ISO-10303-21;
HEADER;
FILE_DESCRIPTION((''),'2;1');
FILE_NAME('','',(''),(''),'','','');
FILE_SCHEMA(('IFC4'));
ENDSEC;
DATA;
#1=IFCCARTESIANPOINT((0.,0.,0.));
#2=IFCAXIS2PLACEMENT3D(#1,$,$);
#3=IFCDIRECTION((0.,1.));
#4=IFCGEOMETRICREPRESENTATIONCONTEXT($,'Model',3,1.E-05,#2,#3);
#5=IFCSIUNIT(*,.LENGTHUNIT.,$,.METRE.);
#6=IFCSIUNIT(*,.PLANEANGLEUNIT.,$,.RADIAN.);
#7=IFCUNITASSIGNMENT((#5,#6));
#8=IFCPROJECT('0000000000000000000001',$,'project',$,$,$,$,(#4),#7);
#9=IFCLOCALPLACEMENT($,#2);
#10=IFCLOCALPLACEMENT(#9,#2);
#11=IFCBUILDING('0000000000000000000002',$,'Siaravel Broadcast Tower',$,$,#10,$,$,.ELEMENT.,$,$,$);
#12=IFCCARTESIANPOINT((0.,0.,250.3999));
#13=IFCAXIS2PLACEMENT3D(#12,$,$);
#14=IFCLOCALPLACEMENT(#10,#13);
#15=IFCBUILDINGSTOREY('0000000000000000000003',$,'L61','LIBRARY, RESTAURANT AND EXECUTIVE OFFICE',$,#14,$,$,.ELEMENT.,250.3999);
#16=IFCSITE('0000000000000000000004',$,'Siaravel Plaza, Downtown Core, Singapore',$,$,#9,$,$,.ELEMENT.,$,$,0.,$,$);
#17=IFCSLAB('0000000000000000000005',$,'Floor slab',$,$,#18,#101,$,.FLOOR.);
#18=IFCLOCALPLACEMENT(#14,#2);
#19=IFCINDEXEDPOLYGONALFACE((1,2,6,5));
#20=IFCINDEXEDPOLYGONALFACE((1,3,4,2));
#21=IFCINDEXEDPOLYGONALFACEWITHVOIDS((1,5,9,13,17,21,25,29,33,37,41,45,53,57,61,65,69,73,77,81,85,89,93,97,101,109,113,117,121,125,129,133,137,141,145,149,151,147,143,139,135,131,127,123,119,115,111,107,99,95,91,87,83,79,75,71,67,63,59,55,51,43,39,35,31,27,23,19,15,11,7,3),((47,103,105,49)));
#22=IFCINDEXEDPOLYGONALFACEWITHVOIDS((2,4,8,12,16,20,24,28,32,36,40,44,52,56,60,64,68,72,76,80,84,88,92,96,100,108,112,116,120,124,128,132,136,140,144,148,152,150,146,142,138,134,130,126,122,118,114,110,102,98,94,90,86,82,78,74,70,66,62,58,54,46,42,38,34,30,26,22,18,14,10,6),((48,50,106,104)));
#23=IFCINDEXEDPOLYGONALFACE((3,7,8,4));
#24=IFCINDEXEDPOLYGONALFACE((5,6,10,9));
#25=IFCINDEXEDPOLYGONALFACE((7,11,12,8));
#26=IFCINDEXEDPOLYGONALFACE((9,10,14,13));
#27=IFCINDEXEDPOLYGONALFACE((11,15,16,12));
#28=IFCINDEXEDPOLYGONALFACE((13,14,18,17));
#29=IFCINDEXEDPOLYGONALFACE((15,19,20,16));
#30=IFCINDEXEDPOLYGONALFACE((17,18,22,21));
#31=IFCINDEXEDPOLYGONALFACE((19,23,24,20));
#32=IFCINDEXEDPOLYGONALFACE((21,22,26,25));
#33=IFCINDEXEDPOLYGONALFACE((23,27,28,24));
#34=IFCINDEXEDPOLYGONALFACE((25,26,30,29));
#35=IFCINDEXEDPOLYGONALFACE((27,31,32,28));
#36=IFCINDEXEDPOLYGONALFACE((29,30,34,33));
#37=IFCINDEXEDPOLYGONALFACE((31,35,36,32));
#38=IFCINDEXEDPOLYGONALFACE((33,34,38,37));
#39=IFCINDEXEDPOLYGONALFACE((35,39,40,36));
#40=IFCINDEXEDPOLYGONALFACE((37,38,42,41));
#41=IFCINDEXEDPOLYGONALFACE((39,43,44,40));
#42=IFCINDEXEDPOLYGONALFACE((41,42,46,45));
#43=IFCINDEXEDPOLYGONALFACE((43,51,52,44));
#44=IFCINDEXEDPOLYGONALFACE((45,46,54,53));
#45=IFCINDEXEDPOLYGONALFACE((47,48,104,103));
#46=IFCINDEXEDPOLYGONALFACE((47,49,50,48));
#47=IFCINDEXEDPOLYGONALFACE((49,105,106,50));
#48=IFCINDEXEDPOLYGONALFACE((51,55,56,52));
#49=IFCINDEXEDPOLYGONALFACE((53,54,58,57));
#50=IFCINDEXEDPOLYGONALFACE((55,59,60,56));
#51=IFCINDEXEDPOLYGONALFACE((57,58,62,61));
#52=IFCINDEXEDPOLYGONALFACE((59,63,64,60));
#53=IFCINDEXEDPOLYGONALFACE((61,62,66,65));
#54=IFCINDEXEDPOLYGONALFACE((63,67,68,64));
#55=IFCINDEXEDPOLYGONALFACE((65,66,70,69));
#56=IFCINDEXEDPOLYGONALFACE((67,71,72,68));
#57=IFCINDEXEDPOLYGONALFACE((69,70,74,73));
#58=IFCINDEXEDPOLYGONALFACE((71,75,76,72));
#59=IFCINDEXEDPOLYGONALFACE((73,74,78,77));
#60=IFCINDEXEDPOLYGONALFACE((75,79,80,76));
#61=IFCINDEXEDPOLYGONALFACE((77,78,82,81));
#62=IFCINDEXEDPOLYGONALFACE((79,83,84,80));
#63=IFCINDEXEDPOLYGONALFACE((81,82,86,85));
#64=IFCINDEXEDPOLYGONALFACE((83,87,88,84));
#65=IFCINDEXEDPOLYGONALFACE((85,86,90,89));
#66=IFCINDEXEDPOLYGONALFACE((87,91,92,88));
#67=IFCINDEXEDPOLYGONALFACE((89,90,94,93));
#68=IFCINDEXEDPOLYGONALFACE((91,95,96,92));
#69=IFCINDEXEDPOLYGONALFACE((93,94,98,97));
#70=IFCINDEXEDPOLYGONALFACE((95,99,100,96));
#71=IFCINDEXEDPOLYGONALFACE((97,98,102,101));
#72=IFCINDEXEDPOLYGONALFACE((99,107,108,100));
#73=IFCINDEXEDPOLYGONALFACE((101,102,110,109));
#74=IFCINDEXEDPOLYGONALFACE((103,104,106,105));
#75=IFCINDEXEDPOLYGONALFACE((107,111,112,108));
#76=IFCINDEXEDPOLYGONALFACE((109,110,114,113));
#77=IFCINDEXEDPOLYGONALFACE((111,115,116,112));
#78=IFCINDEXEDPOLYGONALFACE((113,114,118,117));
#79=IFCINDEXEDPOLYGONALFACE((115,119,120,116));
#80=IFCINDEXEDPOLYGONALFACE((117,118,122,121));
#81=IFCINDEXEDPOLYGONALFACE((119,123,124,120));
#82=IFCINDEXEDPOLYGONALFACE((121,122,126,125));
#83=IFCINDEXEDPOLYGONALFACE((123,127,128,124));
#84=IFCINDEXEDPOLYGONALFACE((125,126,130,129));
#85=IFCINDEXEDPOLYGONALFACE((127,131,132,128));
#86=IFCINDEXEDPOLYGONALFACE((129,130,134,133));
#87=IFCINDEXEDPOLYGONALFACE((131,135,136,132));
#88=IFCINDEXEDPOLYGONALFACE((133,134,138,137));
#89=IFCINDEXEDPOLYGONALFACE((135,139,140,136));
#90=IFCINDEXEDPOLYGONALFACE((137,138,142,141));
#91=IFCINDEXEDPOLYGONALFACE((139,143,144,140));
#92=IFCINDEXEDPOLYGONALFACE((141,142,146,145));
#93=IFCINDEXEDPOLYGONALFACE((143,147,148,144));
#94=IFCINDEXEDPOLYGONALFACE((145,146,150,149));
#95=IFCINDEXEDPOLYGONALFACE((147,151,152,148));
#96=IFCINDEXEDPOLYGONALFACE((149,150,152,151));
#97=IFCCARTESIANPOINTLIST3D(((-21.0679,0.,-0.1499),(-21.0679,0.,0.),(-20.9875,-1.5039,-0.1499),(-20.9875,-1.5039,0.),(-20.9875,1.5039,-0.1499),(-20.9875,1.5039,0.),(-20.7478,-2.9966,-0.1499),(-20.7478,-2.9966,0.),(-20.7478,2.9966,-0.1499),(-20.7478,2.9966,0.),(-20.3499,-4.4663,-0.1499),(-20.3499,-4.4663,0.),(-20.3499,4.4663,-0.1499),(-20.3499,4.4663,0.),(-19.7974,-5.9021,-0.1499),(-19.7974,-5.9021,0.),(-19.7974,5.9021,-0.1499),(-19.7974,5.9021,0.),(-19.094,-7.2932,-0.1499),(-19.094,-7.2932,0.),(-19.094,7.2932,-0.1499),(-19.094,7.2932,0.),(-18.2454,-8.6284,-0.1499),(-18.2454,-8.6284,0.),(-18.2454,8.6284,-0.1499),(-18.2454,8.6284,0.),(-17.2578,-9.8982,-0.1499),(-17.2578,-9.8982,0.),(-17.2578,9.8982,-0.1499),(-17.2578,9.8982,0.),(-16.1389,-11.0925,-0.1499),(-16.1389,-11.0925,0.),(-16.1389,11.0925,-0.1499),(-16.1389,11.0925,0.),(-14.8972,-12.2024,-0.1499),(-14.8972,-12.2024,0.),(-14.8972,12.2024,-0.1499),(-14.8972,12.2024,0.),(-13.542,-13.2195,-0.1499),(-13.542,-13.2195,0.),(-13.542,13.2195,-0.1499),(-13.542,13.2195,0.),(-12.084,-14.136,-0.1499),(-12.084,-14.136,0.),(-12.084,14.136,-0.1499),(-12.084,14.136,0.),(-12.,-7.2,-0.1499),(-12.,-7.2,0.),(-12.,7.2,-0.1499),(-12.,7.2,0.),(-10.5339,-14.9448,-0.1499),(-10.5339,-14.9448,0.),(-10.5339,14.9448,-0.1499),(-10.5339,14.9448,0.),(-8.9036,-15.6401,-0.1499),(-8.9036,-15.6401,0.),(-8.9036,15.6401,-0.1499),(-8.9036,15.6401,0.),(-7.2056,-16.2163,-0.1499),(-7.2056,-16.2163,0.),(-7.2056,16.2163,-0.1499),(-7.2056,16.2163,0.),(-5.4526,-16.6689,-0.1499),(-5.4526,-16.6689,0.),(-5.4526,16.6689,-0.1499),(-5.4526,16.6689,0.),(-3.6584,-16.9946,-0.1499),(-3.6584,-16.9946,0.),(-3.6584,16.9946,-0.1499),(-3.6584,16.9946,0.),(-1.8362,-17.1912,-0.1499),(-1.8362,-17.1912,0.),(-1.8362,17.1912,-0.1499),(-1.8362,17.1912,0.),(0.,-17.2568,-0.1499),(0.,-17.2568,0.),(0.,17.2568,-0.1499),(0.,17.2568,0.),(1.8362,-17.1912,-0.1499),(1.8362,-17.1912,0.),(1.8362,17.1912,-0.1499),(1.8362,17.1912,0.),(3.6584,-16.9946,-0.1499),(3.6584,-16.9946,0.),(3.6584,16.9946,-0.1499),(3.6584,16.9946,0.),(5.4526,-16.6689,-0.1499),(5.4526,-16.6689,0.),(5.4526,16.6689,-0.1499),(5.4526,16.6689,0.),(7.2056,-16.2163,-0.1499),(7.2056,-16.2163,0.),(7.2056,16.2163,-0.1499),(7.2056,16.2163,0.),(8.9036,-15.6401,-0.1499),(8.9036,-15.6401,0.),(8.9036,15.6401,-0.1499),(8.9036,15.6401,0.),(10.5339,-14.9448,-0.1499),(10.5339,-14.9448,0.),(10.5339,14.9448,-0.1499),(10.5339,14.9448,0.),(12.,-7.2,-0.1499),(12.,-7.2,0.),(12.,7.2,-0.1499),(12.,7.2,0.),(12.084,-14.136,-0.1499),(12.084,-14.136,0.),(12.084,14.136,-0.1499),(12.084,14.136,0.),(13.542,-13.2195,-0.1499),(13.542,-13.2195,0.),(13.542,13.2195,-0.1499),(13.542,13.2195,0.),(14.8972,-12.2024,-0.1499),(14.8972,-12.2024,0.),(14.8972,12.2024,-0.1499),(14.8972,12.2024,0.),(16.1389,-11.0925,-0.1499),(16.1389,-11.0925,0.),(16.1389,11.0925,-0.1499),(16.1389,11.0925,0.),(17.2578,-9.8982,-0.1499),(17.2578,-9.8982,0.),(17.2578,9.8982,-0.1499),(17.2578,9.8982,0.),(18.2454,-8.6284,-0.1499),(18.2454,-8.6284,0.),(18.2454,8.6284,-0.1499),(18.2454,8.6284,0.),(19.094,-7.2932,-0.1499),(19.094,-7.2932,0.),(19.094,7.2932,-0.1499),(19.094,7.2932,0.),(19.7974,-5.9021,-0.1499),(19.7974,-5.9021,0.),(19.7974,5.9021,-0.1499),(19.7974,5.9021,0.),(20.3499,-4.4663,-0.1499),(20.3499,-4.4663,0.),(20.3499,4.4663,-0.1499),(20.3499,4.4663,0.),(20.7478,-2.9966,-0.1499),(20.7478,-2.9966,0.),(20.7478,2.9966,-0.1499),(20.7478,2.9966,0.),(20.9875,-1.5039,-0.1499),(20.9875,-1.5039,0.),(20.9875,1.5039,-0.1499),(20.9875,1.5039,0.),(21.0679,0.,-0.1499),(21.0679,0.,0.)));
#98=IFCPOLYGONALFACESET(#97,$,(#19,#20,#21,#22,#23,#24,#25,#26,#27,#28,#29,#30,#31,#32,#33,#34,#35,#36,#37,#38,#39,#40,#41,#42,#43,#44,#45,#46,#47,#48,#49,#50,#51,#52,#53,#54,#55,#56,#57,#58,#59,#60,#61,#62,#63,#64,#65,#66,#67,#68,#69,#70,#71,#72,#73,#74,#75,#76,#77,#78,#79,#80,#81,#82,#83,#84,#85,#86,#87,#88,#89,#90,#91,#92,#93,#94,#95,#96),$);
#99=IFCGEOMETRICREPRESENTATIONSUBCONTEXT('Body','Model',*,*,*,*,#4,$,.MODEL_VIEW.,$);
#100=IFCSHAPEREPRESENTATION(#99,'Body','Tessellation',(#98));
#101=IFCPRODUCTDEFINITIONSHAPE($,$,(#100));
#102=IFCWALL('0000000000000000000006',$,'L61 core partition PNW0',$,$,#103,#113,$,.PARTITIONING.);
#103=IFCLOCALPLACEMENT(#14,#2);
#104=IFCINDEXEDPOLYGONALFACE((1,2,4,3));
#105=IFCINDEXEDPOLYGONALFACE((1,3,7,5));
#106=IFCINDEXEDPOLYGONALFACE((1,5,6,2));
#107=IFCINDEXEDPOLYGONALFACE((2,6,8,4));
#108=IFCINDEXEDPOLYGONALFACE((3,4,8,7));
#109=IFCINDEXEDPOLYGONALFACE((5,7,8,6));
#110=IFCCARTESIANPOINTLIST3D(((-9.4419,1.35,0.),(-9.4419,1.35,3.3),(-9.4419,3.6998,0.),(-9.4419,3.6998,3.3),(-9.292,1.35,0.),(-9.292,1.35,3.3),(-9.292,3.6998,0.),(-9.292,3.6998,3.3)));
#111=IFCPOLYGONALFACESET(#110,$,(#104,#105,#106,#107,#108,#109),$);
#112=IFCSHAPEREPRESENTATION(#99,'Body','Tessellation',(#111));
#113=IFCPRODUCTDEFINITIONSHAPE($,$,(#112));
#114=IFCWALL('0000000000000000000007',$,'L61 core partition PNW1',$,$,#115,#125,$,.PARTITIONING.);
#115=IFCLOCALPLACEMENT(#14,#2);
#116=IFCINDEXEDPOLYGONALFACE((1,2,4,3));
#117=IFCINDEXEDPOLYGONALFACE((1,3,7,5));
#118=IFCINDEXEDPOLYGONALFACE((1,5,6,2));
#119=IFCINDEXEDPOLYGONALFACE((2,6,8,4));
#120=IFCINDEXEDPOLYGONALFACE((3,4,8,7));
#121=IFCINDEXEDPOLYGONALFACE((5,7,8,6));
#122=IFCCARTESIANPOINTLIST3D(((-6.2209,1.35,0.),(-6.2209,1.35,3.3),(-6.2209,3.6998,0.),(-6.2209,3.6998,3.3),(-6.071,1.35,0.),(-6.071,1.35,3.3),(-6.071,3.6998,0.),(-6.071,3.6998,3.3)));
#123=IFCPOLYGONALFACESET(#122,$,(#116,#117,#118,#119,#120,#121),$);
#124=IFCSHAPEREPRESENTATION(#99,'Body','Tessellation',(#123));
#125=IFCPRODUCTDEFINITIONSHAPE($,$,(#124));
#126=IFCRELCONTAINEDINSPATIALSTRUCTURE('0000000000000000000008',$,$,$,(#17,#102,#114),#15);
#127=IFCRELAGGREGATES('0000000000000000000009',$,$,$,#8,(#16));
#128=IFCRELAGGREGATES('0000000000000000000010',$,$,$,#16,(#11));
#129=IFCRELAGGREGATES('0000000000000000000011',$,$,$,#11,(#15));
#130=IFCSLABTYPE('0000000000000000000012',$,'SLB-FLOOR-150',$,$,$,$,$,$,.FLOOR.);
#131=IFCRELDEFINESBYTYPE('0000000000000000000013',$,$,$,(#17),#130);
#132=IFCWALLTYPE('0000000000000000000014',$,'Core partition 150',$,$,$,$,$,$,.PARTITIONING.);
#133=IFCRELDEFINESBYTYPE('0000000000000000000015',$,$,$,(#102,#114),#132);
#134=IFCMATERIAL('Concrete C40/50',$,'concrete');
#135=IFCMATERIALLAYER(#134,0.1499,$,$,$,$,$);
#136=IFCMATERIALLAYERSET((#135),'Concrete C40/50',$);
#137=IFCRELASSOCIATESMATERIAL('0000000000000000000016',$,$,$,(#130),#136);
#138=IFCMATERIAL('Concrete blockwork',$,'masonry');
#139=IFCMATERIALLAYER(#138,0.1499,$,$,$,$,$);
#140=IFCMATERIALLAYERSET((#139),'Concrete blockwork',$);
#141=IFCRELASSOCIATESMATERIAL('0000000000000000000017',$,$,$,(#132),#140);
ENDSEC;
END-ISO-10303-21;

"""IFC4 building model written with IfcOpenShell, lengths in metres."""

from ifc_helpers import new_model, si_unit, direction, frame, frame_2d, origin, place, context, subcontext, project, spatial, polyline, rectangle, outline, extrude, material, layer, layer_set, type_object, element, save


model = new_model("IFC4")

# Units and contexts
model_context = context("Model", 3, precision=1e-05, world=origin(), true_north=direction((0.0, 1.0)))
body_context = subcontext(model_context, "Body", "Model", "MODEL_VIEW")
ifc_project = project(units=[si_unit("LENGTHUNIT", "METRE"), si_unit("PLANEANGLEUNIT", "RADIAN")], contexts=[model_context])

# Site, building, storey
site_placement = place(None, origin())
site = spatial("IfcSite", under=ifc_project, at=site_placement, Name="Siaravel Plaza, Downtown Core, Singapore", CompositionType="ELEMENT", RefElevation=0.0)
building_placement = place(site_placement, origin())
building = spatial("IfcBuilding", under=site, at=building_placement, Name="Siaravel Broadcast Tower", CompositionType="ELEMENT")
storey_placement = place(building_placement, frame((0.0, 0.0, 250.3999)))
storey = spatial("IfcBuildingStorey", under=building, at=storey_placement, Name="L61", Description="LIBRARY, RESTAURANT AND EXECUTIVE OFFICE", CompositionType="ELEMENT", Elevation=250.3999)

# Slab
ifc_material_1 = material(Name="Concrete C40/50", Category="concrete")
ifc_layer_1 = layer(ifc_material_1, 0.1499)
ifc_layer_set_1 = layer_set([ifc_layer_1], Name="Concrete C40/50")
slab_type = type_object("IfcSlabType", Name="SLB-FLOOR-150", PredefinedType="FLOOR", material=ifc_layer_set_1)
slab_placement = place(storey_placement, frame((0.0, 0.0, -0.1499)))
element("IfcSlab", 1, at=slab_placement, inside=storey, type_object=slab_type, Name="Floor slab", PredefinedType="FLOOR", context=body_context, shape_type="SweptSolid", body=[
    extrude(outline(polyline([(21.0679, 0.0), (20.9875, 1.5039), (20.7478, 2.9966), (20.3499, 4.4663), (19.7974, 5.9021), (19.094, 7.2932), (18.2454, 8.6284), (17.2578, 9.8982), (16.1389, 11.0925), (14.8972, 12.2024), (13.542, 13.2195), (12.084, 14.136), (10.5339, 14.9448), (8.9036, 15.6401), (7.2056, 16.2163), (5.4526, 16.6689), (3.6584, 16.9946), (1.8362, 17.1912), (0.0, 17.2568), (-1.8362, 17.1912), (-3.6584, 16.9946), (-5.4526, 16.6689), (-7.2056, 16.2163), (-8.9036, 15.6401), (-10.5339, 14.9448), (-12.084, 14.136), (-13.542, 13.2195), (-14.8972, 12.2024), (-16.1389, 11.0925), (-17.2578, 9.8982), (-18.2454, 8.6284), (-19.094, 7.2932), (-19.7974, 5.9021), (-20.3499, 4.4663), (-20.7478, 2.9966), (-20.9875, 1.5039), (-21.0679, 0.0), (-20.9875, -1.5039), (-20.7478, -2.9966), (-20.3499, -4.4663), (-19.7974, -5.9021), (-19.094, -7.2932), (-18.2454, -8.6284), (-17.2578, -9.8982), (-16.1389, -11.0925), (-14.8972, -12.2024), (-13.542, -13.2195), (-12.084, -14.136), (-10.5339, -14.9448), (-8.9036, -15.6401), (-7.2056, -16.2163), (-5.4526, -16.6689), (-3.6584, -16.9946), (-1.8362, -17.1912), (0.0, -17.2568), (1.8362, -17.1912), (3.6584, -16.9946), (5.4526, -16.6689), (7.2056, -16.2163), (8.9036, -15.6401), (10.5339, -14.9448), (12.084, -14.136), (13.542, -13.2195), (14.8972, -12.2024), (16.1389, -11.0925), (17.2578, -9.8982), (18.2454, -8.6284), (19.094, -7.2932), (19.7974, -5.9021), (20.3499, -4.4663), (20.7478, -2.9966), (20.9875, -1.5039), (21.0679, 0.0)]), holes=[polyline([(-12.0, 7.2), (12.0, 7.2), (12.0, -7.2), (-12.0, -7.2), (-12.0, 7.2)])]), origin(), (0.0, 0.0, 1.0), 0.1499),
])

# Walls
ifc_material_2 = material(Name="Concrete blockwork", Category="masonry")
ifc_layer_2 = layer(ifc_material_2, 0.1499)
ifc_layer_set_2 = layer_set([ifc_layer_2], Name="Concrete blockwork")
wall_type_1 = type_object("IfcWallType", Name="Core partition 150", PredefinedType="PARTITIONING", material=ifc_layer_set_2)
for number, where, z_axis, x_axis, name in (
    (2, (-9.3669, 1.3501, 0.0), (0.0, 0.0, 1.0), (0.0, 1.0, 0.0), "L61 core partition PNW0"),
    (3, (-6.146, 1.3501, 0.0), (0.0, 0.0, 1.0), (0.0, 1.0, 0.0), "L61 core partition PNW1"),
):
    element("IfcWall", number, at=place(storey_placement, frame(where, z_axis=z_axis, x_axis=x_axis)), inside=storey, type_object=wall_type_1, Name=name, PredefinedType="PARTITIONING", context=body_context, shape_type="SweptSolid", body=[
        extrude(rectangle(XDim=2.3499, YDim=0.1499, at=frame_2d((1.1748, 0.0))), origin(), (0.0, 0.0, 1.0), 3.3),
    ])

save(model, "model.ifc")
